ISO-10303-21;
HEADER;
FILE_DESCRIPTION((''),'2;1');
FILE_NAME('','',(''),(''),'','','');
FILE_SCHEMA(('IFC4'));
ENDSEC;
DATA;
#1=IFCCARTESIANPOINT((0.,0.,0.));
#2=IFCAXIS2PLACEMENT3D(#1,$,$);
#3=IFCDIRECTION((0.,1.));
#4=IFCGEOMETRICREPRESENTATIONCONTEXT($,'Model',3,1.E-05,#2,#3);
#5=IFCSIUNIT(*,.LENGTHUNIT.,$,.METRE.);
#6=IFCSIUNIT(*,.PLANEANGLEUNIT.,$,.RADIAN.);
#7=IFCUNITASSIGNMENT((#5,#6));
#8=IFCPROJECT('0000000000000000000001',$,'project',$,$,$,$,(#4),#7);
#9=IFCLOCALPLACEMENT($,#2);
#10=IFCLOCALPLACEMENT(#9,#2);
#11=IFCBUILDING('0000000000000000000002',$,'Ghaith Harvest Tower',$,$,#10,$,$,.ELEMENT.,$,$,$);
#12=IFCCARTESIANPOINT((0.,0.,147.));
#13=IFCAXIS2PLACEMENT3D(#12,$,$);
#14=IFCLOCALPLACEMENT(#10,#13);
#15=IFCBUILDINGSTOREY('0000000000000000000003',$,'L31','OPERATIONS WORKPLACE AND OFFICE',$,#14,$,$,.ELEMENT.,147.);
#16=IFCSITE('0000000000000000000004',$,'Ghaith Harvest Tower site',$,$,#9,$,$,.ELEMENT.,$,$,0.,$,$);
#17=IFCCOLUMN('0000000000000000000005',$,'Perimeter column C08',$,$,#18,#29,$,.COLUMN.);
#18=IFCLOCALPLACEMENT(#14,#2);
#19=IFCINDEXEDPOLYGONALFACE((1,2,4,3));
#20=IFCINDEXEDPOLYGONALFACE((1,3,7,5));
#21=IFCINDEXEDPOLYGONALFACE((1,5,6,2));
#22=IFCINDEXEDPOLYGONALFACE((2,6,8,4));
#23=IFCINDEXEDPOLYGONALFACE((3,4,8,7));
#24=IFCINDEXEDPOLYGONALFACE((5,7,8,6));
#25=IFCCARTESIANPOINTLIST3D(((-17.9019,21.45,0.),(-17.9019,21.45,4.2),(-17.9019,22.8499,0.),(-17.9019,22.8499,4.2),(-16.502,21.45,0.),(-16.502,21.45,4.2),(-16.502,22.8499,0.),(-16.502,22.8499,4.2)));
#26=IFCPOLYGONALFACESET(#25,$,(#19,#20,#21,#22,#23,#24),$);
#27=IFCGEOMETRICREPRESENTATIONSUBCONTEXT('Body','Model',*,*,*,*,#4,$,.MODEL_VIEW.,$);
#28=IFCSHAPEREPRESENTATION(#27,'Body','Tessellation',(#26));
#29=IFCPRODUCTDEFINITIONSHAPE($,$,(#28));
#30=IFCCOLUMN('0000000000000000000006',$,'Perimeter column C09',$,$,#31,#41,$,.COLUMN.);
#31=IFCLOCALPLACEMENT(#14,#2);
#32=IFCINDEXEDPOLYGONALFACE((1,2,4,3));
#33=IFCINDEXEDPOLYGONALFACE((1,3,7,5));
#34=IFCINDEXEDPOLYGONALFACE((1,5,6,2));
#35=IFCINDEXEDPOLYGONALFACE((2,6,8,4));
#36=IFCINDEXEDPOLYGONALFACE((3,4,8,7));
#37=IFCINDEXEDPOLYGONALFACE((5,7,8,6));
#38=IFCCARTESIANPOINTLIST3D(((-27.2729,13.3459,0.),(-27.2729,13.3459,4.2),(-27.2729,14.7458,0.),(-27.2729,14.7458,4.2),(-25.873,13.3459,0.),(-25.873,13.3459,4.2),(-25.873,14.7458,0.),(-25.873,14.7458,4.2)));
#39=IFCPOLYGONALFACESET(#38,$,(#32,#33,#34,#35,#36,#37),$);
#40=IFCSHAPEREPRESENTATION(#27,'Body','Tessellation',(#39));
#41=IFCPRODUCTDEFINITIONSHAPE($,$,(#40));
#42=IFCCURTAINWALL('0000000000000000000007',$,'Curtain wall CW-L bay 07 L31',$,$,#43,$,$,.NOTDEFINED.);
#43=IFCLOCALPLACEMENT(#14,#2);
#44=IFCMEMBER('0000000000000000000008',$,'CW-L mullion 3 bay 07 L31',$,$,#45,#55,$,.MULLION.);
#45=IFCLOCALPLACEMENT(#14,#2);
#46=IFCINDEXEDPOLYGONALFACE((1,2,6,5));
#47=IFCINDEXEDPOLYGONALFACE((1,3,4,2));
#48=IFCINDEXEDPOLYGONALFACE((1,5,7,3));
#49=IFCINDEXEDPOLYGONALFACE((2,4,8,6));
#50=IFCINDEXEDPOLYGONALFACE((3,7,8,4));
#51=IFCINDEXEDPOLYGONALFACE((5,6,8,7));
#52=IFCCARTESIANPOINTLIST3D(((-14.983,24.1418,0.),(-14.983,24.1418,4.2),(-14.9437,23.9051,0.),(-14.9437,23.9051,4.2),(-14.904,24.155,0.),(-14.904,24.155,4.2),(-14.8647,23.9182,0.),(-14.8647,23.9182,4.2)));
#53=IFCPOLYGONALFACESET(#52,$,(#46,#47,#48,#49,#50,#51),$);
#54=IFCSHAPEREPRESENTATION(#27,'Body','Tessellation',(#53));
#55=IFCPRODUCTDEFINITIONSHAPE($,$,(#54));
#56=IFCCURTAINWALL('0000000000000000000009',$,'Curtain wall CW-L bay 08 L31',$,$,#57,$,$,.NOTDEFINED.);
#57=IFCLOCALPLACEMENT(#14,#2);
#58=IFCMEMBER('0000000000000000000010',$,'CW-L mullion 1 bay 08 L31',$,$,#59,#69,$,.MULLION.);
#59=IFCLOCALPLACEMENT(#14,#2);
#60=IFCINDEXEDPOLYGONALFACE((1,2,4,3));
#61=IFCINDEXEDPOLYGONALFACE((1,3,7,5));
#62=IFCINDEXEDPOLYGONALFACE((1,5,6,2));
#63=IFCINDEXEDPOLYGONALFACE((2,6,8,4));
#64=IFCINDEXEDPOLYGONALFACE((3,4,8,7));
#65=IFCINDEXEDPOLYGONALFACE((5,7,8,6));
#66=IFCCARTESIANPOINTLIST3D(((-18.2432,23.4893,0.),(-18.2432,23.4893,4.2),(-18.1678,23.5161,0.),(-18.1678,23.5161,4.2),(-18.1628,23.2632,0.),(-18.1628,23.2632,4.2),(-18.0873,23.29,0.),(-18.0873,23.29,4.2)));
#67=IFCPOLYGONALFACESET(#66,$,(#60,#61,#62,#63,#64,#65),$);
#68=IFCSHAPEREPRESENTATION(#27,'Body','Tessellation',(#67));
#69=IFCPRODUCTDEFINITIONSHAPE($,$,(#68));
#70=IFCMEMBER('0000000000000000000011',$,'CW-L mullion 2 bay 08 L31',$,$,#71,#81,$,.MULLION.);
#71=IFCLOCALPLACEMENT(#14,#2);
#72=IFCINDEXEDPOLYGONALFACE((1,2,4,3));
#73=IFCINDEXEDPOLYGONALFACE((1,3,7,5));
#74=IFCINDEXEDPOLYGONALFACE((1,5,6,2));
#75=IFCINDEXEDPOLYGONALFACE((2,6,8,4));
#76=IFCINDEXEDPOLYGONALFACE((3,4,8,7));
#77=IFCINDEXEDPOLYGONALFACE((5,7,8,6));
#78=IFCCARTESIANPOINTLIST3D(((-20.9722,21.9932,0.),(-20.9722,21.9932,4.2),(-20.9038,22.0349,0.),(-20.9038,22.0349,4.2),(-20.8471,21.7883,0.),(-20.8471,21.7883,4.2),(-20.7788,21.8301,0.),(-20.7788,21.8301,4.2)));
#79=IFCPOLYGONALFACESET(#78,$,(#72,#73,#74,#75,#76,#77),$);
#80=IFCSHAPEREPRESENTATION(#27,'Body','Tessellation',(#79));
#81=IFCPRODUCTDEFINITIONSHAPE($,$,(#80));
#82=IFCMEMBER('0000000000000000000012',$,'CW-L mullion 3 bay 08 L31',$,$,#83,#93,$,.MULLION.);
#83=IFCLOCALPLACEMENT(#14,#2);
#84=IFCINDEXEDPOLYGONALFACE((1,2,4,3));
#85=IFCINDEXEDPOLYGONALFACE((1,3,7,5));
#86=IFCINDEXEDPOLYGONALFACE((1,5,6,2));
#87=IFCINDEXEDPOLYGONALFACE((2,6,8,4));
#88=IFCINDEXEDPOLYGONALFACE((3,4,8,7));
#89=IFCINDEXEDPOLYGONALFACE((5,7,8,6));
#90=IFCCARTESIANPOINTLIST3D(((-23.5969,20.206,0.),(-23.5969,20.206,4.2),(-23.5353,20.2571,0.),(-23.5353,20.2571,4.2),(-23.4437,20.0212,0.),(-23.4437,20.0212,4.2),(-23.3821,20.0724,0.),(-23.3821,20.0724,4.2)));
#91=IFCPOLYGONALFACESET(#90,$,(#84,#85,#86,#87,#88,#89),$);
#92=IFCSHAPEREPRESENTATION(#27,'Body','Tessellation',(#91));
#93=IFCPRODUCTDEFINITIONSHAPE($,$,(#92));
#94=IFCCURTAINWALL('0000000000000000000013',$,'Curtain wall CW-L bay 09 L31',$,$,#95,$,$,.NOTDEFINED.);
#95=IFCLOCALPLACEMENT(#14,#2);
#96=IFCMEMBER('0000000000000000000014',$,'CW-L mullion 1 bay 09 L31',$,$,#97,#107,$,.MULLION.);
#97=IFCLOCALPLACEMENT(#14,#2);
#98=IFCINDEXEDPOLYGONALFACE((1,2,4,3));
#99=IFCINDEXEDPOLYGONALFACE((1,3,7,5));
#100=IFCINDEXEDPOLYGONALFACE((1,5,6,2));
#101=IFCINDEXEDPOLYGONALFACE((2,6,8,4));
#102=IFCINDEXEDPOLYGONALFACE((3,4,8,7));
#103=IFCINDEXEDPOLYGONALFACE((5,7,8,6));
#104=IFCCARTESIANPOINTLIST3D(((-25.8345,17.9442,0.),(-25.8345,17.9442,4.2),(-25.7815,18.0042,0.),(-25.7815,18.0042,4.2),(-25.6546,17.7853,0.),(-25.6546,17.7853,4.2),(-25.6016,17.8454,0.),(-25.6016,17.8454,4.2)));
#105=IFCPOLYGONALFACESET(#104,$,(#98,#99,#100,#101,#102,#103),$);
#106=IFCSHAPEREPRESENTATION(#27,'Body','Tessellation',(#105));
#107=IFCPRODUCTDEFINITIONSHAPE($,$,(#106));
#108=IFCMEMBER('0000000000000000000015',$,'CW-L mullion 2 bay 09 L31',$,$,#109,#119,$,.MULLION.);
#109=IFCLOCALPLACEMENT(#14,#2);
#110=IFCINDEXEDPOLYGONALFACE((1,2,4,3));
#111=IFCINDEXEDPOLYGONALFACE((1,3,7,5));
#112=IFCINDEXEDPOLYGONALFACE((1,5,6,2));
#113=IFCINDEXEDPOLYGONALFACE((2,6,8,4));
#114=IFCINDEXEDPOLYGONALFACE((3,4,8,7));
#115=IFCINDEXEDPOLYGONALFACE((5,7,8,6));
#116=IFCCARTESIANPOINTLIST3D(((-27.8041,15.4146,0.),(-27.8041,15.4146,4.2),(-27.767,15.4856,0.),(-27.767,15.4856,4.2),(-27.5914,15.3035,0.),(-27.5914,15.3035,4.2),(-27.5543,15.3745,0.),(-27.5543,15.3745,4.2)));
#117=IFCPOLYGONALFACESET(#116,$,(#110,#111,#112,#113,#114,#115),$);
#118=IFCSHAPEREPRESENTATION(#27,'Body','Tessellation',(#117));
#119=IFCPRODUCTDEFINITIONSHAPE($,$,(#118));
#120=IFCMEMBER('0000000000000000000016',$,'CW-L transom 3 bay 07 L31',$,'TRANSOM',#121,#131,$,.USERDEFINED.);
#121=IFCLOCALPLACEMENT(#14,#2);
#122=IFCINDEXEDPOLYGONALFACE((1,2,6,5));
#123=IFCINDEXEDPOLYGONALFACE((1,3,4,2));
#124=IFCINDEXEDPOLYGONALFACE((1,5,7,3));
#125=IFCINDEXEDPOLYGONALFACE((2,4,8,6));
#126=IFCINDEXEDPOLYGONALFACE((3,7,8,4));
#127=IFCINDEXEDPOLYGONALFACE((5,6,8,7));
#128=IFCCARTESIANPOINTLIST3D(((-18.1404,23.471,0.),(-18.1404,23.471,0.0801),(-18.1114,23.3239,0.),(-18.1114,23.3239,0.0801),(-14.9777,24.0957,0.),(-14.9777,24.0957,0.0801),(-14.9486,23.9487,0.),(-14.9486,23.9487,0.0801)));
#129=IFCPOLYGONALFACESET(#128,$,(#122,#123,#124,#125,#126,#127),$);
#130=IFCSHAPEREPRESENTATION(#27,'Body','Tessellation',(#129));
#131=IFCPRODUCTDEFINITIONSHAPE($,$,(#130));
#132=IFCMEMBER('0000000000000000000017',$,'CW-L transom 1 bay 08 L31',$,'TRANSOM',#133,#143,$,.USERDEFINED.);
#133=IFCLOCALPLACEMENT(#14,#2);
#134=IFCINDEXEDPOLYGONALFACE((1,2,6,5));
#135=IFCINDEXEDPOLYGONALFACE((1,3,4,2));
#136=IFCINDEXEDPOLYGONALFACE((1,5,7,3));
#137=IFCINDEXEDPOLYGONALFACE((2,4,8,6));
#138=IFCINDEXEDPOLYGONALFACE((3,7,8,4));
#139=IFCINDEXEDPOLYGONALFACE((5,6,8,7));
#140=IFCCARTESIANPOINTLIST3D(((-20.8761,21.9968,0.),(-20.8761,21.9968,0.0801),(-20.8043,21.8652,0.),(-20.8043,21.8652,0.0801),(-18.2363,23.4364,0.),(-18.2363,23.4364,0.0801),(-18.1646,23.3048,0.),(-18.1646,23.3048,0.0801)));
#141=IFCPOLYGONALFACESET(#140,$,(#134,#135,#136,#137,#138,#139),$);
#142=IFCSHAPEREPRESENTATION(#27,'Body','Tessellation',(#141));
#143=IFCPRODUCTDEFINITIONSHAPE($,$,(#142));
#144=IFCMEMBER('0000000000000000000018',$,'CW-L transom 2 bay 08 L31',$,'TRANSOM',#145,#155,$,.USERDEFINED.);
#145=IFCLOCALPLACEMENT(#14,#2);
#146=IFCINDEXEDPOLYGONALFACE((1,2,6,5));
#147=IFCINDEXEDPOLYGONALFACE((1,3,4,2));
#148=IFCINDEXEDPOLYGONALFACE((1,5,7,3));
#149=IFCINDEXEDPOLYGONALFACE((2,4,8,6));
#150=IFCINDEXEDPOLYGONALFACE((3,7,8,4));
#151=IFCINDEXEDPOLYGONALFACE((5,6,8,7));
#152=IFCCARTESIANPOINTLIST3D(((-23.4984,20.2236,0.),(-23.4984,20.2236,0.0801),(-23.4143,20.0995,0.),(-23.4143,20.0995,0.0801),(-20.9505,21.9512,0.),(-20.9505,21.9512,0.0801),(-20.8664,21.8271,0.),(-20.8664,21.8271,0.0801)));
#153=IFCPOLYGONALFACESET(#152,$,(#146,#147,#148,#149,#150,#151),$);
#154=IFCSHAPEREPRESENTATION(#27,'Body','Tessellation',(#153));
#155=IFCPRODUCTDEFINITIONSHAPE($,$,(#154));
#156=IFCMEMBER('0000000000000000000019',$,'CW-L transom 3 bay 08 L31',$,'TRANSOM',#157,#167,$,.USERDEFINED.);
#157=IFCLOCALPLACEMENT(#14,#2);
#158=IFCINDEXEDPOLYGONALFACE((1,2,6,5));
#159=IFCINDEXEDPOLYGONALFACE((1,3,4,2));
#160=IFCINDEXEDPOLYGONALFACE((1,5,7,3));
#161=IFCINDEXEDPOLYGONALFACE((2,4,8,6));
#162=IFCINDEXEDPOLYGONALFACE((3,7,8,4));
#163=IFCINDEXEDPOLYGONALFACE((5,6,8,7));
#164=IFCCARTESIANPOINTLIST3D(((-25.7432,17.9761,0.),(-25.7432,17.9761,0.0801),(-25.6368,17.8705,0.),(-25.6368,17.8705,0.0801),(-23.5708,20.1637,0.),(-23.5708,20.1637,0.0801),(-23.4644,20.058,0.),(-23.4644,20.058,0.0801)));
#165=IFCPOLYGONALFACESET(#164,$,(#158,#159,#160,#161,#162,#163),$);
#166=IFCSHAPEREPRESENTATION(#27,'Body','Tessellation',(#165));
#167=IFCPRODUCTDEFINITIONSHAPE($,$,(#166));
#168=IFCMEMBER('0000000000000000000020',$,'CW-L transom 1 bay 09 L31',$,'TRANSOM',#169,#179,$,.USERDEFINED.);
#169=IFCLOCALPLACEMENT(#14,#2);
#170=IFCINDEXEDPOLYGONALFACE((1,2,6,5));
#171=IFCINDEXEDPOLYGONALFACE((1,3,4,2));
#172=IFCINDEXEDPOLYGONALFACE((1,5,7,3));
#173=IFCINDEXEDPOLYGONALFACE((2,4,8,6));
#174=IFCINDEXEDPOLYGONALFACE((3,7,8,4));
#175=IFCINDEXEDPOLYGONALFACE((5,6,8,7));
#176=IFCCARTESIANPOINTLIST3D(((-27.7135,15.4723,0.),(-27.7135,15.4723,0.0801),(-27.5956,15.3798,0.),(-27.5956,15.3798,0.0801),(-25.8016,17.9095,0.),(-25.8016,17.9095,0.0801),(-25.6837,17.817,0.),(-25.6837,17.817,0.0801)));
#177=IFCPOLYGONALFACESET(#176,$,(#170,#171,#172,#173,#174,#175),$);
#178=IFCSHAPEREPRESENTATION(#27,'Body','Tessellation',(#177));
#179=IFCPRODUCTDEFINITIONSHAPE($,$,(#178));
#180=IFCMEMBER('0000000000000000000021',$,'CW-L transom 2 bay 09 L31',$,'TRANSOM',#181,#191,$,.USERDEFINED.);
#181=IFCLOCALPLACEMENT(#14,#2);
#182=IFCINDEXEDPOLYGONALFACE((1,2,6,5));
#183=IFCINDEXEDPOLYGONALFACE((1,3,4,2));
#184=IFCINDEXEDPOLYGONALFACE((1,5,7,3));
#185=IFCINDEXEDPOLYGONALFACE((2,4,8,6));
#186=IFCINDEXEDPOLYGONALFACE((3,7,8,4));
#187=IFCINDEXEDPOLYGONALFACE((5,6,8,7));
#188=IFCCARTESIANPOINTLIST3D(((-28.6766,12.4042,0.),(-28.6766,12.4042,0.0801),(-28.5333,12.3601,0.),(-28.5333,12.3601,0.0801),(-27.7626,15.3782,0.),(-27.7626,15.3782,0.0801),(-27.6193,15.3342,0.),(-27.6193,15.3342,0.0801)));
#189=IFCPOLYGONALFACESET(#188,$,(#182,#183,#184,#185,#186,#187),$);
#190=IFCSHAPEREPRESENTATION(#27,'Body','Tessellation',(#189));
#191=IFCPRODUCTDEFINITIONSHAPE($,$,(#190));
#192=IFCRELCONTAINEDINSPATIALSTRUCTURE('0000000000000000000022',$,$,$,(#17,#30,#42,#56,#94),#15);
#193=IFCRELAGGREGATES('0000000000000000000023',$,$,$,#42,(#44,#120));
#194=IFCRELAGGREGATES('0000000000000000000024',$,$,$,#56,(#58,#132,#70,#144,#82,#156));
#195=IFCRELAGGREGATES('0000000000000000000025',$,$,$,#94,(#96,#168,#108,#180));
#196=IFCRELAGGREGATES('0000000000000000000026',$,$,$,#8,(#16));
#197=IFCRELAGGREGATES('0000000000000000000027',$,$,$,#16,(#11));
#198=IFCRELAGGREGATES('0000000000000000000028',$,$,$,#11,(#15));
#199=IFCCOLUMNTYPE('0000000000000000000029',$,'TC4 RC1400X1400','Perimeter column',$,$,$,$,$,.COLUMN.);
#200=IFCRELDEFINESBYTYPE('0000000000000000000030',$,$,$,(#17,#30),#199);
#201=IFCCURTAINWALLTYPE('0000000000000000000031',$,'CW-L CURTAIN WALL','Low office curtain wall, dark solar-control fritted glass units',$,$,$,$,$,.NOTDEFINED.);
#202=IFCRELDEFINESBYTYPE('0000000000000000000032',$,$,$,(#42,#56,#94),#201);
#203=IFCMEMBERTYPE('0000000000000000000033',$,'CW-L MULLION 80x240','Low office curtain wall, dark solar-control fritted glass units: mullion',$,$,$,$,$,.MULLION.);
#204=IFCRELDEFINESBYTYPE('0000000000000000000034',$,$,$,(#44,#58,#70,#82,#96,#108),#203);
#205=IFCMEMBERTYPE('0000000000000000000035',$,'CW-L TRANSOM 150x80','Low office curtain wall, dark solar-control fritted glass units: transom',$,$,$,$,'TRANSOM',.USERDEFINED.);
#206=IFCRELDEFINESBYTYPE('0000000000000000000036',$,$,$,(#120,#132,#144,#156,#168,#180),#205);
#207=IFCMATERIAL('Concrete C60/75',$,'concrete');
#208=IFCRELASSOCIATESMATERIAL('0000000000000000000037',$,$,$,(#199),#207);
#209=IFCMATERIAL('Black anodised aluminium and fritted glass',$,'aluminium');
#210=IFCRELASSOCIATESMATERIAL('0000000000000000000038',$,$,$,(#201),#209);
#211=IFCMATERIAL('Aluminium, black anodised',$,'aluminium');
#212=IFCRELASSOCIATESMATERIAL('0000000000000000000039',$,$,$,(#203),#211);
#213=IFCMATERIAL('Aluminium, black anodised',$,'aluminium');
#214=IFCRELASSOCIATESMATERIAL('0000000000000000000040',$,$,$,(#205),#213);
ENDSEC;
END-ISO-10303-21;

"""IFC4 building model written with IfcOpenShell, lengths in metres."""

from ifc_helpers import new_model, si_unit, direction, frame, origin, origin_2d, place, context, subcontext, project, spatial, rectangle, extrude, material, material_profile, profile_set, type_object, element, aggregate, save


model = new_model("IFC4")

# Units and contexts
model_context = context("Model", 3, precision=1e-05, world=origin(), true_north=direction((0.0, 1.0)))
body_context = subcontext(model_context, "Body", "Model", "MODEL_VIEW")
ifc_project = project(units=[si_unit("LENGTHUNIT", "METRE"), si_unit("PLANEANGLEUNIT", "RADIAN")], contexts=[model_context])

# Site, building, storey
site_placement = place(None, origin())
site = spatial("IfcSite", under=ifc_project, at=site_placement, Name="Ghaith Harvest Tower site", CompositionType="ELEMENT", RefElevation=0.0)
building_placement = place(site_placement, origin())
building = spatial("IfcBuilding", under=site, at=building_placement, Name="Ghaith Harvest Tower", CompositionType="ELEMENT")
storey_placement = place(building_placement, frame((0.0, 0.0, 147.0)))
storey = spatial("IfcBuildingStorey", under=building, at=storey_placement, Name="L31", Description="OPERATIONS WORKPLACE AND OFFICE", CompositionType="ELEMENT", Elevation=147.0)

# Columns
ifc_material_1 = material(Name="Concrete C60/75", Category="concrete")
ifc_material_profile_1 = material_profile(ifc_material_1, rectangle(XDim=1.3999, YDim=1.3999, at=origin_2d()), Name="RC1400X1400")
ifc_profile_set_1 = profile_set([ifc_material_profile_1], Name="Concrete C60/75")
column_type = type_object("IfcColumnType", Name="TC4 RC1400X1400", Description="Perimeter column", PredefinedType="COLUMN", material=ifc_profile_set_1)
for number, where, z_axis, x_axis, name in (
    (1, (-17.2019, 22.1499, 0.0), (0.0, 0.0, 1.0), (1.0, 0.0, 0.0), "Perimeter column C08"),
    (2, (-26.573, 14.0459, 0.0), (0.0, 0.0, 1.0), (1.0, 0.0, 0.0), "Perimeter column C09"),
):
    element("IfcColumn", number, at=place(storey_placement, frame(where, z_axis=z_axis, x_axis=x_axis)), inside=storey, type_object=column_type, Name=name, PredefinedType="COLUMN", context=body_context, shape_type="SweptSolid", body=[
        extrude(rectangle(XDim=1.3999, YDim=1.3999, at=origin_2d()), origin(), (0.0, 0.0, 1.0), 4.2),
    ])

# Curtain wall, member
ifc_material_2 = material(Name="Black anodised aluminium and fritted glass", Category="aluminium")
curtain_wall_type = type_object("IfcCurtainWallType", Name="CW-L CURTAIN WALL", Description="Low office curtain wall, dark solar-control fritted glass units", PredefinedType="NOTDEFINED", material=ifc_material_2)
curtain_wall_1_placement = place(storey_placement, origin())
curtain_wall_1 = element("IfcCurtainWall", 3, at=curtain_wall_1_placement, inside=storey, type_object=curtain_wall_type, Name="Curtain wall CW-L bay 07 L31", PredefinedType="NOTDEFINED")
ifc_material_3 = material(Name="Aluminium, black anodised", Category="aluminium")
ifc_material_profile_2 = material_profile(ifc_material_3, rectangle(XDim=0.0801, YDim=0.24, at=origin_2d()), Name="CW-L MULLION 80x240")
ifc_profile_set_2 = profile_set([ifc_material_profile_2], Name="Aluminium, black anodised")
member_type_1 = type_object("IfcMemberType", Name="CW-L MULLION 80x240", Description="Low office curtain wall, dark solar-control fritted glass units: mullion", PredefinedType="MULLION", material=ifc_profile_set_2)
member_1_placement = place(storey_placement, frame((-14.9238, 24.03, 0.0), z_axis=(0.0, 0.0, 1.0), x_axis=(-0.986495, -0.163794, 0.0)))
member_1 = element("IfcMember", 4, at=member_1_placement, type_object=member_type_1, Name="CW-L mullion 3 bay 07 L31", PredefinedType="MULLION", context=body_context, shape_type="SweptSolid", body=[
    extrude(rectangle(XDim=0.0801, YDim=0.24, at=origin_2d()), origin(), (0.0, 0.0, 1.0), 4.2),
])

# Curtain walls, members
curtain_wall_2_placement = place(storey_placement, origin())
curtain_wall_2 = element("IfcCurtainWall", 5, at=curtain_wall_2_placement, inside=storey, type_object=curtain_wall_type, Name="Curtain wall CW-L bay 08 L31", PredefinedType="NOTDEFINED")
member_2_placement = place(storey_placement, frame((-18.1653, 23.3896, 0.0), z_axis=(0.0, 0.0, 1.0), x_axis=(-0.942104, -0.335322, 0.0)))
member_2 = element("IfcMember", 6, at=member_2_placement, type_object=member_type_1, Name="CW-L mullion 1 bay 08 L31", PredefinedType="MULLION", context=body_context, shape_type="SweptSolid", body=[
    extrude(rectangle(XDim=0.0801, YDim=0.24, at=origin_2d()), origin(), (0.0, 0.0, 1.0), 4.2),
])
member_3_placement = place(storey_placement, frame((-20.8755, 21.9116, 0.0), z_axis=(0.0, 0.0, 1.0), x_axis=(-0.853516, -0.521067, 0.0)))
member_3 = element("IfcMember", 7, at=member_3_placement, type_object=member_type_1, Name="CW-L mullion 2 bay 08 L31", PredefinedType="MULLION", context=body_context, shape_type="SweptSolid", body=[
    extrude(rectangle(XDim=0.0801, YDim=0.24, at=origin_2d()), origin(), (0.0, 0.0, 1.0), 4.2),
])
member_4_placement = place(storey_placement, frame((-23.4895, 20.1392, 0.0), z_axis=(0.0, 0.0, 1.0), x_axis=(-0.769683, -0.638427, 0.0)))
member_4 = element("IfcMember", 8, at=member_4_placement, type_object=member_type_1, Name="CW-L mullion 3 bay 08 L31", PredefinedType="MULLION", context=body_context, shape_type="SweptSolid", body=[
    extrude(rectangle(XDim=0.0801, YDim=0.24, at=origin_2d()), origin(), (0.0, 0.0, 1.0), 4.2),
])
curtain_wall_3_placement = place(storey_placement, origin())
curtain_wall_3 = element("IfcCurtainWall", 9, at=curtain_wall_3_placement, inside=storey, type_object=curtain_wall_type, Name="Curtain wall CW-L bay 09 L31", PredefinedType="NOTDEFINED")
member_5_placement = place(storey_placement, frame((-25.718, 17.8948, 0.0), z_axis=(0.0, 0.0, 1.0), x_axis=(-0.661904, -0.749589, 0.0)))
member_5 = element("IfcMember", 10, at=member_5_placement, type_object=member_type_1, Name="CW-L mullion 1 bay 09 L31", PredefinedType="MULLION", context=body_context, shape_type="SweptSolid", body=[
    extrude(rectangle(XDim=0.0801, YDim=0.24, at=origin_2d()), origin(), (0.0, 0.0, 1.0), 4.2),
])
member_6_placement = place(storey_placement, frame((-27.6792, 15.3945, 0.0), z_axis=(0.0, 0.0, 1.0), x_axis=(-0.46289, -0.886416, 0.0)))
member_6 = element("IfcMember", 11, at=member_6_placement, type_object=member_type_1, Name="CW-L mullion 2 bay 09 L31", PredefinedType="MULLION", context=body_context, shape_type="SweptSolid", body=[
    extrude(rectangle(XDim=0.0801, YDim=0.24, at=origin_2d()), origin(), (0.0, 0.0, 1.0), 4.2),
])

# Members
ifc_material_4 = material(Name="Aluminium, black anodised", Category="aluminium")
ifc_material_profile_3 = material_profile(ifc_material_4, rectangle(XDim=0.1499, YDim=0.0801, at=origin_2d()), Name="CW-L TRANSOM 150x80")
ifc_profile_set_3 = profile_set([ifc_material_profile_3], Name="Aluminium, black anodised")
member_type_2 = type_object("IfcMemberType", Name="CW-L TRANSOM 150x80", Description="Low office curtain wall, dark solar-control fritted glass units: transom", ElementType="TRANSOM", PredefinedType="USERDEFINED", material=ifc_profile_set_3)
member_7_placement = place(storey_placement, frame((-14.9631, 24.0222, 0.04), z_axis=(-0.981044, -0.193786, 0.0), x_axis=(0.193786, -0.981044, 0.0)))
member_7 = element("IfcMember", 12, at=member_7_placement, type_object=member_type_2, Name="CW-L transom 3 bay 07 L31", ObjectType="TRANSOM", PredefinedType="USERDEFINED", context=body_context, shape_type="SweptSolid", body=[
    extrude(rectangle(XDim=0.1499, YDim=0.0801, at=origin_2d()), origin(), (0.0, 0.0, 1.0), 3.2239),
])
member_8_placement = place(storey_placement, frame((-18.2004, 23.3706, 0.04), z_axis=(-0.87793, -0.47879, 0.0), x_axis=(0.47879, -0.87793, 0.0)))
member_8 = element("IfcMember", 13, at=member_8_placement, type_object=member_type_2, Name="CW-L transom 1 bay 08 L31", ObjectType="TRANSOM", PredefinedType="USERDEFINED", context=body_context, shape_type="SweptSolid", body=[
    extrude(rectangle(XDim=0.1499, YDim=0.0801, at=origin_2d()), origin(), (0.0, 0.0, 1.0), 3.0068),
])
member_9_placement = place(storey_placement, frame((-20.9084, 21.8892, 0.04), z_axis=(-0.827681, -0.561199, 0.0), x_axis=(0.561199, -0.827681, 0.0)))
member_9 = element("IfcMember", 14, at=member_9_placement, type_object=member_type_2, Name="CW-L transom 2 bay 08 L31", ObjectType="TRANSOM", PredefinedType="USERDEFINED", context=body_context, shape_type="SweptSolid", body=[
    extrude(rectangle(XDim=0.1499, YDim=0.0801, at=origin_2d()), origin(), (0.0, 0.0, 1.0), 3.0784),
])
member_10_placement = place(storey_placement, frame((-23.5176, 20.1108, 0.04), z_axis=(-0.704648, -0.709557, 0.0), x_axis=(0.709557, -0.704648, 0.0)))
member_10 = element("IfcMember", 15, at=member_10_placement, type_object=member_type_2, Name="CW-L transom 3 bay 08 L31", ObjectType="TRANSOM", PredefinedType="USERDEFINED", context=body_context, shape_type="SweptSolid", body=[
    extrude(rectangle(XDim=0.1499, YDim=0.0801, at=origin_2d()), origin(), (0.0, 0.0, 1.0), 3.083),
])
member_11_placement = place(storey_placement, frame((-25.7427, 17.8633, 0.04), z_axis=(-0.617198, -0.786808, 0.0), x_axis=(0.786808, -0.617198, 0.0)))
member_11 = element("IfcMember", 16, at=member_11_placement, type_object=member_type_2, Name="CW-L transom 1 bay 09 L31", ObjectType="TRANSOM", PredefinedType="USERDEFINED", context=body_context, shape_type="SweptSolid", body=[
    extrude(rectangle(XDim=0.1499, YDim=0.0801, at=origin_2d()), origin(), (0.0, 0.0, 1.0), 3.0977),
])
member_12_placement = place(storey_placement, frame((-27.6909, 15.3562, 0.04), z_axis=(-0.293777, -0.955874, 0.0), x_axis=(0.955874, -0.293777, 0.0)))
member_12 = element("IfcMember", 17, at=member_12_placement, type_object=member_type_2, Name="CW-L transom 2 bay 09 L31", ObjectType="TRANSOM", PredefinedType="USERDEFINED", context=body_context, shape_type="SweptSolid", body=[
    extrude(rectangle(XDim=0.1499, YDim=0.0801, at=origin_2d()), origin(), (0.0, 0.0, 1.0), 3.1113),
])

aggregate(curtain_wall_1, [member_1, member_7])
aggregate(curtain_wall_2, [member_2, member_8, member_3, member_9, member_4, member_10])
aggregate(curtain_wall_3, [member_5, member_11, member_6, member_12])

save(model, "model.ifc")
